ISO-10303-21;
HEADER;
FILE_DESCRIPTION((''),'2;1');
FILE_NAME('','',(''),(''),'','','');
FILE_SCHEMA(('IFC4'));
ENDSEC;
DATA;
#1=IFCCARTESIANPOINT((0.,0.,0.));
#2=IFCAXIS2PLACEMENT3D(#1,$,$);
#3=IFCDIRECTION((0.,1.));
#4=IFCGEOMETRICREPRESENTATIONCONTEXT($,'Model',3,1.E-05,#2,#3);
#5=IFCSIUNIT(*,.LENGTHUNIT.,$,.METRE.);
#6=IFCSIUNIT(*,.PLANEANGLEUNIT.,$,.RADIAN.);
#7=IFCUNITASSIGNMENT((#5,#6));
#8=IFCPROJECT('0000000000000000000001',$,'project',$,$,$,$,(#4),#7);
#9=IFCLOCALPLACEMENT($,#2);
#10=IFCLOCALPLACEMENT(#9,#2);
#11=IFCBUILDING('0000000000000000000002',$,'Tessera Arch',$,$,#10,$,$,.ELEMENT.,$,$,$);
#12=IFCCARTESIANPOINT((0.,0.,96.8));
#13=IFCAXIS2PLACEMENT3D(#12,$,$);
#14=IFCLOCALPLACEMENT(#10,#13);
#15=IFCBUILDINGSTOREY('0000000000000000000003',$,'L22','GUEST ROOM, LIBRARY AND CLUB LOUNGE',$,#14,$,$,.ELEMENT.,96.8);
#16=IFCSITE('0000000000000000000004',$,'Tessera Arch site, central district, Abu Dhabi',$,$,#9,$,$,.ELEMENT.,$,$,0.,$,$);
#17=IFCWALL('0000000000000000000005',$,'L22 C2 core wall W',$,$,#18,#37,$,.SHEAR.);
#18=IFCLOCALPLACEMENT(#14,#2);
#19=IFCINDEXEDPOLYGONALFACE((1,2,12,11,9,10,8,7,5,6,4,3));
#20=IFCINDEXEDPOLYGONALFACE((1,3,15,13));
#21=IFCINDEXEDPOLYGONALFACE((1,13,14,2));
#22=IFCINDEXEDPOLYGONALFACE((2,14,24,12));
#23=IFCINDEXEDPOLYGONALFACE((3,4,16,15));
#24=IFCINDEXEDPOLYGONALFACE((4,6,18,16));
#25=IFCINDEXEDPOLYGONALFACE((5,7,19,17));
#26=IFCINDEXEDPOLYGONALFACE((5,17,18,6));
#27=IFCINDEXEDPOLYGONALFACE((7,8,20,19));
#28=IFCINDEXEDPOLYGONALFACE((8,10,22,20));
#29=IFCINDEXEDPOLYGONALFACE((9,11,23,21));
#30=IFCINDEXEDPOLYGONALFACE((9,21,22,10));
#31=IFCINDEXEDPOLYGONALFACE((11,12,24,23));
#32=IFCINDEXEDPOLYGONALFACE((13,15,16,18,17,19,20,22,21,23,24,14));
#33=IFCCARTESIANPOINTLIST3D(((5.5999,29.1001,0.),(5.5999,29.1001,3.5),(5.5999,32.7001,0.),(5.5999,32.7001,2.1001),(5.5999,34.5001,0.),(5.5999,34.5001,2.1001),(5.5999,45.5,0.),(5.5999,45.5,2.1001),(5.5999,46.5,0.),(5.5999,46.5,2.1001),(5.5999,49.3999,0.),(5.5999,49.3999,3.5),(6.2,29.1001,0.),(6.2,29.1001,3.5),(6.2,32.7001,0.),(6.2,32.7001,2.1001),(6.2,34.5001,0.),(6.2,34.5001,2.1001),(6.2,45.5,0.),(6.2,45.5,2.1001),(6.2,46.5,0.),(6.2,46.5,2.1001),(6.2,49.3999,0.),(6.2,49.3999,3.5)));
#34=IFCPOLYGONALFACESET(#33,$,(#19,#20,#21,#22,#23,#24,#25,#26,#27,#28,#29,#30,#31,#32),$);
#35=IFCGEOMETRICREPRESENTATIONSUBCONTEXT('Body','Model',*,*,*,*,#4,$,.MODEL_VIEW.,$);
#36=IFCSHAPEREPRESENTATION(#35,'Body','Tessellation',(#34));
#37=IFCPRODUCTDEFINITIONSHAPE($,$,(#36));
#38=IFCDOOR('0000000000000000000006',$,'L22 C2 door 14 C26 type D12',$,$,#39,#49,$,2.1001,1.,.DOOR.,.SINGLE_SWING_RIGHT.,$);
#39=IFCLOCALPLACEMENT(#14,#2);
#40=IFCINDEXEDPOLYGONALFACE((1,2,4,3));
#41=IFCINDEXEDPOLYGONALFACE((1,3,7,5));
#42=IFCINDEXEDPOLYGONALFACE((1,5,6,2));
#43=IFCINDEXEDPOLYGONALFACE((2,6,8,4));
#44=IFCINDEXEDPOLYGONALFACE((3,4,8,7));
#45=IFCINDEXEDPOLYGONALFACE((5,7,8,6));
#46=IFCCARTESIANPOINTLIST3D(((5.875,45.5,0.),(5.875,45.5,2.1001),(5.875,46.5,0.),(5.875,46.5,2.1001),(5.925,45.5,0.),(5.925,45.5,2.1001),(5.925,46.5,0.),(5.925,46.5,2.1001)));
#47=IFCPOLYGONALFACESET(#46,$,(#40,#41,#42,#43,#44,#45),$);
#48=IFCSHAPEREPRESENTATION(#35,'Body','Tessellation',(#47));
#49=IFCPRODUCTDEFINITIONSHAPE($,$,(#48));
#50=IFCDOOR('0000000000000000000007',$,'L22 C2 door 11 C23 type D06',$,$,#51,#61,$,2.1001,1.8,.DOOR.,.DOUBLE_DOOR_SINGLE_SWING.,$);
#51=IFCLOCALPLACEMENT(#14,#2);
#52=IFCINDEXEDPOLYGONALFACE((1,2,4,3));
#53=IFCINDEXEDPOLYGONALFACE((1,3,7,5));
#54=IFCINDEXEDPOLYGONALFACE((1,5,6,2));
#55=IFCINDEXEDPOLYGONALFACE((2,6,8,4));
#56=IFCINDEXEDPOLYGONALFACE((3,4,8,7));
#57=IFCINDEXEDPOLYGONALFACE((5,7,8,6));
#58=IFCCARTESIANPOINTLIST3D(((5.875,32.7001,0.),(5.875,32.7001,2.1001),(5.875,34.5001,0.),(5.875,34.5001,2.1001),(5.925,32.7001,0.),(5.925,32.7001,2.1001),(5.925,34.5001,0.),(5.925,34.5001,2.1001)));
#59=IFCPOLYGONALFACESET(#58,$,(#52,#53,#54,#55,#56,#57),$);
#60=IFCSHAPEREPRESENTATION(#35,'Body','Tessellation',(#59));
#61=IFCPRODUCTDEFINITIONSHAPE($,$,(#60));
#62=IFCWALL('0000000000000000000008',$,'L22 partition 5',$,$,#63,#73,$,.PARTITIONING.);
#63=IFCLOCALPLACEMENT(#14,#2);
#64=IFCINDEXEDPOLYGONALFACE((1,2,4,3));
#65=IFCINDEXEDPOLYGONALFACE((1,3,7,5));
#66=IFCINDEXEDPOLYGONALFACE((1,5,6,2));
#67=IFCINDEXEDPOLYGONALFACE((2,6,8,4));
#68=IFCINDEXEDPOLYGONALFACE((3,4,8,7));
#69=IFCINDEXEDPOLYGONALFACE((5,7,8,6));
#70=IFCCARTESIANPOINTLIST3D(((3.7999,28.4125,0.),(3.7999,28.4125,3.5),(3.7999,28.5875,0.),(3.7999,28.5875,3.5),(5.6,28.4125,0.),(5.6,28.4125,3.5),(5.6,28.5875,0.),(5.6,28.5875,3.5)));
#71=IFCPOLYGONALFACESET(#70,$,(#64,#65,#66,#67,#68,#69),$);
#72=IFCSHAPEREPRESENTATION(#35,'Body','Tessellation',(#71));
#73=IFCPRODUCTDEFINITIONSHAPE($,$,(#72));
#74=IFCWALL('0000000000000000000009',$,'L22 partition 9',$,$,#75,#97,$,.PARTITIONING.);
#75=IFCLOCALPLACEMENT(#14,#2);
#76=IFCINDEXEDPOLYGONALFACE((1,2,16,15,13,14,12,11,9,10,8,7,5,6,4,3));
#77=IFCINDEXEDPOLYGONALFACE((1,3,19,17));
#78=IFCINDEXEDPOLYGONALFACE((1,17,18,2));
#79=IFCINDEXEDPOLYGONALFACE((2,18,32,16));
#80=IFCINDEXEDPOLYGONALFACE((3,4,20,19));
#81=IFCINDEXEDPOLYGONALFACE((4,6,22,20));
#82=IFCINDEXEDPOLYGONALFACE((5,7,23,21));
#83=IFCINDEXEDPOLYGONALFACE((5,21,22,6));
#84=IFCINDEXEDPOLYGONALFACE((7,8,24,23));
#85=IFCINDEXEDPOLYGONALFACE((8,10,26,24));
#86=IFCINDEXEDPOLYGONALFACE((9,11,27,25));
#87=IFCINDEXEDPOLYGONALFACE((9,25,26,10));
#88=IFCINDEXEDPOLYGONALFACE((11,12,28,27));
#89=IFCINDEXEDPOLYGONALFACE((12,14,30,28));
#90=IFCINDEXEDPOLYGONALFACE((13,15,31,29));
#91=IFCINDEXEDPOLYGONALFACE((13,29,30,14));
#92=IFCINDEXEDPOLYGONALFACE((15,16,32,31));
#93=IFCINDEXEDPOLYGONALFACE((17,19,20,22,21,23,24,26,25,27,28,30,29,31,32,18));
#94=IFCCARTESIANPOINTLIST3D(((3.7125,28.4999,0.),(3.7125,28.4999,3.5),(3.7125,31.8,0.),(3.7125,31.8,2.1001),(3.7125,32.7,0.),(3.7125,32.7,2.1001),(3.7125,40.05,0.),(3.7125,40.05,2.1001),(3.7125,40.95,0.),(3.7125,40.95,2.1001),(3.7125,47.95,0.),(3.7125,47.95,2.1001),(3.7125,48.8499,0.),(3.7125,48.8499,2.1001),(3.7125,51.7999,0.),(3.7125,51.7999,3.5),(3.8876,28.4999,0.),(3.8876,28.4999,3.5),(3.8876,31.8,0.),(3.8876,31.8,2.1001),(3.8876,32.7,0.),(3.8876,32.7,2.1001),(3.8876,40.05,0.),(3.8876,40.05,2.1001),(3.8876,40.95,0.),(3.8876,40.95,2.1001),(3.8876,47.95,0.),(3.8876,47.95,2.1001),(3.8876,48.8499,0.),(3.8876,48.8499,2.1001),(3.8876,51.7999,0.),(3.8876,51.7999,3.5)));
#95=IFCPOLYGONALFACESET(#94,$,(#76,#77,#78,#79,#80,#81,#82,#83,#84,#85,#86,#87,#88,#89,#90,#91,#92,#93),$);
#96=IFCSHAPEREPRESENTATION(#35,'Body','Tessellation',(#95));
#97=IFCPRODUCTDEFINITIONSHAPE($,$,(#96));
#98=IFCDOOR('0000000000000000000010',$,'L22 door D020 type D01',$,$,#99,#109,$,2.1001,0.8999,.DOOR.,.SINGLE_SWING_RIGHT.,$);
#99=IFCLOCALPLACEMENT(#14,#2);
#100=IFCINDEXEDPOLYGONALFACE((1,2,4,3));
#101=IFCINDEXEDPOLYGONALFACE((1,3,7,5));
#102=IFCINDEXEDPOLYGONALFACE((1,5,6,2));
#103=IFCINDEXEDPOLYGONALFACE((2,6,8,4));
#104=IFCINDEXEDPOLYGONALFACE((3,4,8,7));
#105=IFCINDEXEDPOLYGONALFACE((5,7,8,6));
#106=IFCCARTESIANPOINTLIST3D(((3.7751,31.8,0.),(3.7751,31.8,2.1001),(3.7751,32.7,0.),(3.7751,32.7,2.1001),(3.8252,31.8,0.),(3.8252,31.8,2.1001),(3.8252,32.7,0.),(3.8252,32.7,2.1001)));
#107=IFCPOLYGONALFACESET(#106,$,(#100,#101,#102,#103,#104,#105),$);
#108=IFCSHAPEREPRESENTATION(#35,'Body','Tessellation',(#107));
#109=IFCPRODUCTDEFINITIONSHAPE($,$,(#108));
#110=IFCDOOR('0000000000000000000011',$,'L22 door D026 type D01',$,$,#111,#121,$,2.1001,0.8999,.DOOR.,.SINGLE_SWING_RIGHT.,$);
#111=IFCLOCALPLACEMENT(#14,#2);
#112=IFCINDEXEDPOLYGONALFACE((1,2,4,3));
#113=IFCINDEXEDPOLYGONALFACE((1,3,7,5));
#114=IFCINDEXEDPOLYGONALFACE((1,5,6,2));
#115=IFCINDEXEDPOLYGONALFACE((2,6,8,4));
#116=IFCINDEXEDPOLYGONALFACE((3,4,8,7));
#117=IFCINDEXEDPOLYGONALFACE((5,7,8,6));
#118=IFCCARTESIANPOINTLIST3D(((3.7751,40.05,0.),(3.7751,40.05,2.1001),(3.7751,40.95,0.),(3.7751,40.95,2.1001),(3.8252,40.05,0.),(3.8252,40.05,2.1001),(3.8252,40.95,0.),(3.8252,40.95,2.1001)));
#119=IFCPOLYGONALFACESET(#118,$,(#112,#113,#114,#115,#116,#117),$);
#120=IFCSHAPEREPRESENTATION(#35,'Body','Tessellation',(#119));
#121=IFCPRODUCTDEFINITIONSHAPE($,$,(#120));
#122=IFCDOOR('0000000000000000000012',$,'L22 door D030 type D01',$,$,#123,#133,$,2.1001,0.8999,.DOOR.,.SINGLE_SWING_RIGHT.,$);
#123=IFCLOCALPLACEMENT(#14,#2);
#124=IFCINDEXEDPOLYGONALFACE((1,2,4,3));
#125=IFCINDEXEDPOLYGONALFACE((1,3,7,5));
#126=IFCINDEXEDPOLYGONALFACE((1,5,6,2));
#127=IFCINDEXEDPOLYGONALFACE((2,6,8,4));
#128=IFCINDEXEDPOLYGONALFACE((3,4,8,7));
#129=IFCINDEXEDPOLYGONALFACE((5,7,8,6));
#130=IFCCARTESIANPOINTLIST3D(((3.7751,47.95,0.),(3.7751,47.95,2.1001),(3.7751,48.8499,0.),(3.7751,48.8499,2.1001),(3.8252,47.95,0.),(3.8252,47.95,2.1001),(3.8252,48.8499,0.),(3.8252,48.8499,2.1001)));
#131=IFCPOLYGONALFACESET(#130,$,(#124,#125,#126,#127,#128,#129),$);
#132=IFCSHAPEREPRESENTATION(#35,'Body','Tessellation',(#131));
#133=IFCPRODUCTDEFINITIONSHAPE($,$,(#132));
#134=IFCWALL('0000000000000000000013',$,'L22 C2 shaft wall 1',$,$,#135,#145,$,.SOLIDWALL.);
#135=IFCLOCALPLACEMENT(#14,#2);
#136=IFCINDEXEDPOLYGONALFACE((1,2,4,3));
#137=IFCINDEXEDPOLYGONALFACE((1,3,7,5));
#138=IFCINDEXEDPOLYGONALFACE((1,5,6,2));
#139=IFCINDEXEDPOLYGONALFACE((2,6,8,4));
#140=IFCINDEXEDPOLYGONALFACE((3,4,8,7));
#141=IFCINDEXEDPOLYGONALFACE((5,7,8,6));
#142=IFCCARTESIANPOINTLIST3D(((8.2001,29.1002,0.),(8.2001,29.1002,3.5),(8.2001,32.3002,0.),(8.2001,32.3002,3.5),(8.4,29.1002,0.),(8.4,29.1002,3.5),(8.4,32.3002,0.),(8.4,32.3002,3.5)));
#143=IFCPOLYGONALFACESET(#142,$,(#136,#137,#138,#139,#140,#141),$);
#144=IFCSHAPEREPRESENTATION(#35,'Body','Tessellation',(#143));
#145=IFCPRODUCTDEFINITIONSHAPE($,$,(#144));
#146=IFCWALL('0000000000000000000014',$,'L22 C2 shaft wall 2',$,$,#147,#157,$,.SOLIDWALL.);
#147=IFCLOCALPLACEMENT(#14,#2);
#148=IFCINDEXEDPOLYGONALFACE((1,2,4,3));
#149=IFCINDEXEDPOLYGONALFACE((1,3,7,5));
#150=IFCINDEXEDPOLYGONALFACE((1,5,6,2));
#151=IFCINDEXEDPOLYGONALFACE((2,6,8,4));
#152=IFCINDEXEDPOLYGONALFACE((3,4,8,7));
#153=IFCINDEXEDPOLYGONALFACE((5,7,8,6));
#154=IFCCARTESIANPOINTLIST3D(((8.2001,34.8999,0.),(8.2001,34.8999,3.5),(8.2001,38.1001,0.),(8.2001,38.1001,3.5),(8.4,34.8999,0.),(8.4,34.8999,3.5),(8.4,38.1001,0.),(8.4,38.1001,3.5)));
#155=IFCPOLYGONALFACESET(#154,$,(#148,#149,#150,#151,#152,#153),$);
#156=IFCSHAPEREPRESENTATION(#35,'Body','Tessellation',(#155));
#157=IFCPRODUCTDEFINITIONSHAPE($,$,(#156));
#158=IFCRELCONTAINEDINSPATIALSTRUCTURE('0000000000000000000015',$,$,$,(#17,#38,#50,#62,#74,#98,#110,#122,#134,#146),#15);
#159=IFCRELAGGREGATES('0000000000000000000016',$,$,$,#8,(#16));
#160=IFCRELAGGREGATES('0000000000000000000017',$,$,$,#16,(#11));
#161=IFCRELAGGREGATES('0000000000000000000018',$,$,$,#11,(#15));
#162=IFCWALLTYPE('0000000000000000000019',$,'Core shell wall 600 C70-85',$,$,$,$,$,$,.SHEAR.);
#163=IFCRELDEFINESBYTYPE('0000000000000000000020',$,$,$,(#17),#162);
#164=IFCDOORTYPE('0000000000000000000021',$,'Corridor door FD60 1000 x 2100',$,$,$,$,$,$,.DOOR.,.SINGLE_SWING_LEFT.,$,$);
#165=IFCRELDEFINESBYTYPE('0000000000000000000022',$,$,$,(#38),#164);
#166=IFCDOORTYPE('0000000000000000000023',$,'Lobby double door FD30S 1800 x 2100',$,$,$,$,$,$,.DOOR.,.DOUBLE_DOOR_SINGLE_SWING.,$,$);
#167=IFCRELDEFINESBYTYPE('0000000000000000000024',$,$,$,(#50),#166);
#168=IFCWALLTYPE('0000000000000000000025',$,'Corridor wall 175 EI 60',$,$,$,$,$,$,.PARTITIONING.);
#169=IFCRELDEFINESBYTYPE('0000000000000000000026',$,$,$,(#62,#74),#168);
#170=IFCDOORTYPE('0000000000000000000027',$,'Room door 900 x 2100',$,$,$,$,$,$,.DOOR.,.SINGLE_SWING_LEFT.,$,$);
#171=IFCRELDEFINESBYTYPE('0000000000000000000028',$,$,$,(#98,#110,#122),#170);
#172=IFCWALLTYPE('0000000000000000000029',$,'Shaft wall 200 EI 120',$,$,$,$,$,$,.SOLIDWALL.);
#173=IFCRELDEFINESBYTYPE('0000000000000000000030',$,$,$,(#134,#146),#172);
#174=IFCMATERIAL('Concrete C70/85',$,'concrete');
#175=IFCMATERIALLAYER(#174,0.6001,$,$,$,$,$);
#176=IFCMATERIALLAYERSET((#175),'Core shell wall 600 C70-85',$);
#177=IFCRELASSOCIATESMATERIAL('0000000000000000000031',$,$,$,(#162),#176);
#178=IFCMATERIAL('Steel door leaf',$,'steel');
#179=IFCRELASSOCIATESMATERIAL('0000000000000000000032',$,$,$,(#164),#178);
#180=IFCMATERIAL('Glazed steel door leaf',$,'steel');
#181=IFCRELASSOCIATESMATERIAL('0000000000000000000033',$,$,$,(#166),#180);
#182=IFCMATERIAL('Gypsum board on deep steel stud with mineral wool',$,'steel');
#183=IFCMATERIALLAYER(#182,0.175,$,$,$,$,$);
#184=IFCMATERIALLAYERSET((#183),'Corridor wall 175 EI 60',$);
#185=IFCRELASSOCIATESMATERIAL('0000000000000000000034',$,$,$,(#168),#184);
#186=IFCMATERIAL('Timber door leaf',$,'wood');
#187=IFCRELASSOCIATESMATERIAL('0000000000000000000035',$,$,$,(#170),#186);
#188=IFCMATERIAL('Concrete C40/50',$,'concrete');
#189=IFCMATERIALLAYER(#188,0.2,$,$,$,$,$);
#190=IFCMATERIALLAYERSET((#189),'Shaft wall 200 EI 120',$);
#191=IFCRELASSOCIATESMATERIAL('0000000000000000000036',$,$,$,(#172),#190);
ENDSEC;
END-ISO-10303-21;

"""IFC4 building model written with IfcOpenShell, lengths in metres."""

from ifc_helpers import new_model, si_unit, direction, frame, frame_2d, origin, place, context, subcontext, project, spatial, rectangle, extrude, material, layer, layer_set, type_object, element, fill, save


model = new_model("IFC4")

# Units and contexts
model_context = context("Model", 3, precision=1e-05, world=origin(), true_north=direction((0.0, 1.0)))
body_context = subcontext(model_context, "Body", "Model", "MODEL_VIEW")
ifc_project = project(units=[si_unit("LENGTHUNIT", "METRE"), si_unit("PLANEANGLEUNIT", "RADIAN")], contexts=[model_context])

# Site, building, storey
site_placement = place(None, origin())
site = spatial("IfcSite", under=ifc_project, at=site_placement, Name="Tessera Arch site, central district, Abu Dhabi", CompositionType="ELEMENT", RefElevation=0.0)
building_placement = place(site_placement, origin())
building = spatial("IfcBuilding", under=site, at=building_placement, Name="Tessera Arch", CompositionType="ELEMENT")
storey_placement = place(building_placement, frame((0.0, 0.0, 96.8)))
storey = spatial("IfcBuildingStorey", under=building, at=storey_placement, Name="L22", Description="GUEST ROOM, LIBRARY AND CLUB LOUNGE", CompositionType="ELEMENT", Elevation=96.8)

# Wall, openings, doors
ifc_material_1 = material(Name="Concrete C70/85", Category="concrete")
ifc_layer_1 = layer(ifc_material_1, 0.6001)
ifc_layer_set_1 = layer_set([ifc_layer_1], Name="Core shell wall 600 C70-85")
wall_type_1 = type_object("IfcWallType", Name="Core shell wall 600 C70-85", PredefinedType="SHEAR", material=ifc_layer_set_1)
wall_1_placement = place(storey_placement, frame((5.8999, 29.1001, 0.0), z_axis=(0.0, 0.0, 1.0), x_axis=(0.0, 1.0, 0.0)))
wall_1 = element("IfcWall", 1, at=wall_1_placement, inside=storey, type_object=wall_type_1, Name="L22 C2 core wall W", PredefinedType="SHEAR", context=body_context, shape_type="SweptSolid", body=[
    extrude(rectangle(XDim=20.2998, YDim=0.6001, at=frame_2d((10.1499, 0.0))), origin(), (0.0, 0.0, 1.0), 3.5),
])
opening_1_placement = place(wall_1_placement, frame((3.6001, 0.0, 0.0)))
opening_1 = element("IfcOpeningElement", 2, at=opening_1_placement, cuts=wall_1, PredefinedType="OPENING", context=body_context, shape_type="SweptSolid", body=[
    extrude(rectangle(XDim=1.8, YDim=2.1001, at=frame_2d((0.8999, 1.05))), frame((0.0, 0.3101, 0.0), z_axis=(0.0, -1.0, 0.0), x_axis=(1.0, 0.0, 0.0)), (0.0, 0.0, 1.0), 0.6201),
])
opening_2_placement = place(wall_1_placement, frame((16.3999, 0.0, 0.0)))
opening_2 = element("IfcOpeningElement", 3, at=opening_2_placement, cuts=wall_1, PredefinedType="OPENING", context=body_context, shape_type="SweptSolid", body=[
    extrude(rectangle(XDim=1.0, YDim=2.1001, at=frame_2d((0.5, 1.05))), frame((0.0, 0.3101, 0.0), z_axis=(0.0, -1.0, 0.0), x_axis=(1.0, 0.0, 0.0)), (0.0, 0.0, 1.0), 0.6201),
])
ifc_material_2 = material(Name="Steel door leaf", Category="steel")
door_type_1 = type_object("IfcDoorType", Name="Corridor door FD60 1000 x 2100", OperationType="SINGLE_SWING_LEFT", PredefinedType="DOOR", material=ifc_material_2)
door_1_placement = place(opening_2_placement, origin())
door_1 = element("IfcDoor", 4, at=door_1_placement, inside=storey, type_object=door_type_1, Name="L22 C2 door 14 C26 type D12", OperationType="SINGLE_SWING_RIGHT", OverallHeight=2.1001, OverallWidth=1.0, PredefinedType="DOOR", context=body_context, shape_type="SweptSolid", body=[
    extrude(rectangle(XDim=1.0, YDim=2.1001, at=frame_2d((0.5, 1.05))), frame((0.0, 0.0249, 0.0), z_axis=(0.0, -1.0, 0.0), x_axis=(1.0, 0.0, 0.0)), (0.0, 0.0, 1.0), 0.05),
])
fill(opening_2, door_1)
ifc_material_3 = material(Name="Glazed steel door leaf", Category="steel")
door_type_2 = type_object("IfcDoorType", Name="Lobby double door FD30S 1800 x 2100", OperationType="DOUBLE_DOOR_SINGLE_SWING", PredefinedType="DOOR", material=ifc_material_3)
door_2_placement = place(opening_1_placement, origin())
door_2 = element("IfcDoor", 5, at=door_2_placement, inside=storey, type_object=door_type_2, Name="L22 C2 door 11 C23 type D06", OperationType="DOUBLE_DOOR_SINGLE_SWING", OverallHeight=2.1001, OverallWidth=1.8, PredefinedType="DOOR", context=body_context, shape_type="SweptSolid", body=[
    extrude(rectangle(XDim=1.8, YDim=2.1001, at=frame_2d((0.8999, 1.05))), frame((0.0, 0.0249, 0.0), z_axis=(0.0, -1.0, 0.0), x_axis=(1.0, 0.0, 0.0)), (0.0, 0.0, 1.0), 0.05),
])
fill(opening_1, door_2)

# Wall
ifc_material_4 = material(Name="Gypsum board on deep steel stud with mineral wool", Category="steel")
ifc_layer_2 = layer(ifc_material_4, 0.175)
ifc_layer_set_2 = layer_set([ifc_layer_2], Name="Corridor wall 175 EI 60")
wall_type_2 = type_object("IfcWallType", Name="Corridor wall 175 EI 60", PredefinedType="PARTITIONING", material=ifc_layer_set_2)
wall_2_placement = place(storey_placement, frame((3.8, 28.5, 0.0), z_axis=(0.0, 0.0, 1.0), x_axis=(1.0, 0.0, 0.0)))
element("IfcWall", 6, at=wall_2_placement, inside=storey, type_object=wall_type_2, Name="L22 partition 5", PredefinedType="PARTITIONING", context=body_context, shape_type="SweptSolid", body=[
    extrude(rectangle(XDim=1.8, YDim=0.175, at=frame_2d((0.8999, 0.0))), origin(), (0.0, 0.0, 1.0), 3.5),
])

# Wall, openings, doors
wall_3_placement = place(storey_placement, frame((3.8, 28.5, 0.0), z_axis=(0.0, 0.0, 1.0), x_axis=(0.0, 1.0, 0.0)))
wall_3 = element("IfcWall", 7, at=wall_3_placement, inside=storey, type_object=wall_type_2, Name="L22 partition 9", PredefinedType="PARTITIONING", context=body_context, shape_type="SweptSolid", body=[
    extrude(rectangle(XDim=23.3, YDim=0.175, at=frame_2d((11.6499, 0.0))), origin(), (0.0, 0.0, 1.0), 3.5),
])
opening_3_placement = place(wall_3_placement, frame((3.3, 0.0, 0.0)))
opening_3 = element("IfcOpeningElement", 8, at=opening_3_placement, cuts=wall_3, PredefinedType="OPENING", context=body_context, shape_type="SweptSolid", body=[
    extrude(rectangle(XDim=0.8999, YDim=2.1001, at=frame_2d((0.45, 1.05))), frame((0.0, 0.0974, 0.0), z_axis=(0.0, -1.0, 0.0), x_axis=(1.0, 0.0, 0.0)), (0.0, 0.0, 1.0), 0.1951),
])
opening_4_placement = place(wall_3_placement, frame((11.55, 0.0, 0.0)))
opening_4 = element("IfcOpeningElement", 9, at=opening_4_placement, cuts=wall_3, PredefinedType="OPENING", context=body_context, shape_type="SweptSolid", body=[
    extrude(rectangle(XDim=0.8999, YDim=2.1001, at=frame_2d((0.45, 1.05))), frame((0.0, 0.0974, 0.0), z_axis=(0.0, -1.0, 0.0), x_axis=(1.0, 0.0, 0.0)), (0.0, 0.0, 1.0), 0.1951),
])
opening_5_placement = place(wall_3_placement, frame((19.45, 0.0, 0.0)))
opening_5 = element("IfcOpeningElement", 10, at=opening_5_placement, cuts=wall_3, PredefinedType="OPENING", context=body_context, shape_type="SweptSolid", body=[
    extrude(rectangle(XDim=0.8999, YDim=2.1001, at=frame_2d((0.45, 1.05))), frame((0.0, 0.0974, 0.0), z_axis=(0.0, -1.0, 0.0), x_axis=(1.0, 0.0, 0.0)), (0.0, 0.0, 1.0), 0.1951),
])
ifc_material_5 = material(Name="Timber door leaf", Category="wood")
door_type_3 = type_object("IfcDoorType", Name="Room door 900 x 2100", OperationType="SINGLE_SWING_LEFT", PredefinedType="DOOR", material=ifc_material_5)
door_3_placement = place(opening_3_placement, origin())
door_3 = element("IfcDoor", 11, at=door_3_placement, inside=storey, type_object=door_type_3, Name="L22 door D020 type D01", OperationType="SINGLE_SWING_RIGHT", OverallHeight=2.1001, OverallWidth=0.8999, PredefinedType="DOOR", context=body_context, shape_type="SweptSolid", body=[
    extrude(rectangle(XDim=0.8999, YDim=2.1001, at=frame_2d((0.45, 1.05))), frame((0.0, 0.0249, 0.0), z_axis=(0.0, -1.0, 0.0), x_axis=(1.0, 0.0, 0.0)), (0.0, 0.0, 1.0), 0.05),
])
fill(opening_3, door_3)
door_4_placement = place(opening_4_placement, origin())
door_4 = element("IfcDoor", 12, at=door_4_placement, inside=storey, type_object=door_type_3, Name="L22 door D026 type D01", OperationType="SINGLE_SWING_RIGHT", OverallHeight=2.1001, OverallWidth=0.8999, PredefinedType="DOOR", context=body_context, shape_type="SweptSolid", body=[
    extrude(rectangle(XDim=0.8999, YDim=2.1001, at=frame_2d((0.45, 1.05))), frame((0.0, 0.0249, 0.0), z_axis=(0.0, -1.0, 0.0), x_axis=(1.0, 0.0, 0.0)), (0.0, 0.0, 1.0), 0.05),
])
fill(opening_4, door_4)
door_5_placement = place(opening_5_placement, origin())
door_5 = element("IfcDoor", 13, at=door_5_placement, inside=storey, type_object=door_type_3, Name="L22 door D030 type D01", OperationType="SINGLE_SWING_RIGHT", OverallHeight=2.1001, OverallWidth=0.8999, PredefinedType="DOOR", context=body_context, shape_type="SweptSolid", body=[
    extrude(rectangle(XDim=0.8999, YDim=2.1001, at=frame_2d((0.45, 1.05))), frame((0.0, 0.0249, 0.0), z_axis=(0.0, -1.0, 0.0), x_axis=(1.0, 0.0, 0.0)), (0.0, 0.0, 1.0), 0.05),
])
fill(opening_5, door_5)

# Walls
ifc_material_6 = material(Name="Concrete C40/50", Category="concrete")
ifc_layer_3 = layer(ifc_material_6, 0.2)
ifc_layer_set_3 = layer_set([ifc_layer_3], Name="Shaft wall 200 EI 120")
wall_type_3 = type_object("IfcWallType", Name="Shaft wall 200 EI 120", PredefinedType="SOLIDWALL", material=ifc_layer_set_3)
wall_4_placement = place(storey_placement, frame((8.3, 29.1001, 0.0), z_axis=(0.0, 0.0, 1.0), x_axis=(0.0, 1.0, 0.0)))
element("IfcWall", 14, at=wall_4_placement, inside=storey, type_object=wall_type_3, Name="L22 C2 shaft wall 1", PredefinedType="SOLIDWALL", context=body_context, shape_type="SweptSolid", body=[
    extrude(rectangle(XDim=3.2, YDim=0.2, at=frame_2d((1.6001, 0.0))), origin(), (0.0, 0.0, 1.0), 3.5),
])
wall_5_placement = place(storey_placement, frame((8.3, 34.8999, 0.0), z_axis=(0.0, 0.0, 1.0), x_axis=(0.0, 1.0, 0.0)))
element("IfcWall", 15, at=wall_5_placement, inside=storey, type_object=wall_type_3, Name="L22 C2 shaft wall 2", PredefinedType="SOLIDWALL", context=body_context, shape_type="SweptSolid", body=[
    extrude(rectangle(XDim=3.2002, YDim=0.2, at=frame_2d((1.6001, 0.0))), origin(), (0.0, 0.0, 1.0), 3.5),
])

save(model, "model.ifc")
